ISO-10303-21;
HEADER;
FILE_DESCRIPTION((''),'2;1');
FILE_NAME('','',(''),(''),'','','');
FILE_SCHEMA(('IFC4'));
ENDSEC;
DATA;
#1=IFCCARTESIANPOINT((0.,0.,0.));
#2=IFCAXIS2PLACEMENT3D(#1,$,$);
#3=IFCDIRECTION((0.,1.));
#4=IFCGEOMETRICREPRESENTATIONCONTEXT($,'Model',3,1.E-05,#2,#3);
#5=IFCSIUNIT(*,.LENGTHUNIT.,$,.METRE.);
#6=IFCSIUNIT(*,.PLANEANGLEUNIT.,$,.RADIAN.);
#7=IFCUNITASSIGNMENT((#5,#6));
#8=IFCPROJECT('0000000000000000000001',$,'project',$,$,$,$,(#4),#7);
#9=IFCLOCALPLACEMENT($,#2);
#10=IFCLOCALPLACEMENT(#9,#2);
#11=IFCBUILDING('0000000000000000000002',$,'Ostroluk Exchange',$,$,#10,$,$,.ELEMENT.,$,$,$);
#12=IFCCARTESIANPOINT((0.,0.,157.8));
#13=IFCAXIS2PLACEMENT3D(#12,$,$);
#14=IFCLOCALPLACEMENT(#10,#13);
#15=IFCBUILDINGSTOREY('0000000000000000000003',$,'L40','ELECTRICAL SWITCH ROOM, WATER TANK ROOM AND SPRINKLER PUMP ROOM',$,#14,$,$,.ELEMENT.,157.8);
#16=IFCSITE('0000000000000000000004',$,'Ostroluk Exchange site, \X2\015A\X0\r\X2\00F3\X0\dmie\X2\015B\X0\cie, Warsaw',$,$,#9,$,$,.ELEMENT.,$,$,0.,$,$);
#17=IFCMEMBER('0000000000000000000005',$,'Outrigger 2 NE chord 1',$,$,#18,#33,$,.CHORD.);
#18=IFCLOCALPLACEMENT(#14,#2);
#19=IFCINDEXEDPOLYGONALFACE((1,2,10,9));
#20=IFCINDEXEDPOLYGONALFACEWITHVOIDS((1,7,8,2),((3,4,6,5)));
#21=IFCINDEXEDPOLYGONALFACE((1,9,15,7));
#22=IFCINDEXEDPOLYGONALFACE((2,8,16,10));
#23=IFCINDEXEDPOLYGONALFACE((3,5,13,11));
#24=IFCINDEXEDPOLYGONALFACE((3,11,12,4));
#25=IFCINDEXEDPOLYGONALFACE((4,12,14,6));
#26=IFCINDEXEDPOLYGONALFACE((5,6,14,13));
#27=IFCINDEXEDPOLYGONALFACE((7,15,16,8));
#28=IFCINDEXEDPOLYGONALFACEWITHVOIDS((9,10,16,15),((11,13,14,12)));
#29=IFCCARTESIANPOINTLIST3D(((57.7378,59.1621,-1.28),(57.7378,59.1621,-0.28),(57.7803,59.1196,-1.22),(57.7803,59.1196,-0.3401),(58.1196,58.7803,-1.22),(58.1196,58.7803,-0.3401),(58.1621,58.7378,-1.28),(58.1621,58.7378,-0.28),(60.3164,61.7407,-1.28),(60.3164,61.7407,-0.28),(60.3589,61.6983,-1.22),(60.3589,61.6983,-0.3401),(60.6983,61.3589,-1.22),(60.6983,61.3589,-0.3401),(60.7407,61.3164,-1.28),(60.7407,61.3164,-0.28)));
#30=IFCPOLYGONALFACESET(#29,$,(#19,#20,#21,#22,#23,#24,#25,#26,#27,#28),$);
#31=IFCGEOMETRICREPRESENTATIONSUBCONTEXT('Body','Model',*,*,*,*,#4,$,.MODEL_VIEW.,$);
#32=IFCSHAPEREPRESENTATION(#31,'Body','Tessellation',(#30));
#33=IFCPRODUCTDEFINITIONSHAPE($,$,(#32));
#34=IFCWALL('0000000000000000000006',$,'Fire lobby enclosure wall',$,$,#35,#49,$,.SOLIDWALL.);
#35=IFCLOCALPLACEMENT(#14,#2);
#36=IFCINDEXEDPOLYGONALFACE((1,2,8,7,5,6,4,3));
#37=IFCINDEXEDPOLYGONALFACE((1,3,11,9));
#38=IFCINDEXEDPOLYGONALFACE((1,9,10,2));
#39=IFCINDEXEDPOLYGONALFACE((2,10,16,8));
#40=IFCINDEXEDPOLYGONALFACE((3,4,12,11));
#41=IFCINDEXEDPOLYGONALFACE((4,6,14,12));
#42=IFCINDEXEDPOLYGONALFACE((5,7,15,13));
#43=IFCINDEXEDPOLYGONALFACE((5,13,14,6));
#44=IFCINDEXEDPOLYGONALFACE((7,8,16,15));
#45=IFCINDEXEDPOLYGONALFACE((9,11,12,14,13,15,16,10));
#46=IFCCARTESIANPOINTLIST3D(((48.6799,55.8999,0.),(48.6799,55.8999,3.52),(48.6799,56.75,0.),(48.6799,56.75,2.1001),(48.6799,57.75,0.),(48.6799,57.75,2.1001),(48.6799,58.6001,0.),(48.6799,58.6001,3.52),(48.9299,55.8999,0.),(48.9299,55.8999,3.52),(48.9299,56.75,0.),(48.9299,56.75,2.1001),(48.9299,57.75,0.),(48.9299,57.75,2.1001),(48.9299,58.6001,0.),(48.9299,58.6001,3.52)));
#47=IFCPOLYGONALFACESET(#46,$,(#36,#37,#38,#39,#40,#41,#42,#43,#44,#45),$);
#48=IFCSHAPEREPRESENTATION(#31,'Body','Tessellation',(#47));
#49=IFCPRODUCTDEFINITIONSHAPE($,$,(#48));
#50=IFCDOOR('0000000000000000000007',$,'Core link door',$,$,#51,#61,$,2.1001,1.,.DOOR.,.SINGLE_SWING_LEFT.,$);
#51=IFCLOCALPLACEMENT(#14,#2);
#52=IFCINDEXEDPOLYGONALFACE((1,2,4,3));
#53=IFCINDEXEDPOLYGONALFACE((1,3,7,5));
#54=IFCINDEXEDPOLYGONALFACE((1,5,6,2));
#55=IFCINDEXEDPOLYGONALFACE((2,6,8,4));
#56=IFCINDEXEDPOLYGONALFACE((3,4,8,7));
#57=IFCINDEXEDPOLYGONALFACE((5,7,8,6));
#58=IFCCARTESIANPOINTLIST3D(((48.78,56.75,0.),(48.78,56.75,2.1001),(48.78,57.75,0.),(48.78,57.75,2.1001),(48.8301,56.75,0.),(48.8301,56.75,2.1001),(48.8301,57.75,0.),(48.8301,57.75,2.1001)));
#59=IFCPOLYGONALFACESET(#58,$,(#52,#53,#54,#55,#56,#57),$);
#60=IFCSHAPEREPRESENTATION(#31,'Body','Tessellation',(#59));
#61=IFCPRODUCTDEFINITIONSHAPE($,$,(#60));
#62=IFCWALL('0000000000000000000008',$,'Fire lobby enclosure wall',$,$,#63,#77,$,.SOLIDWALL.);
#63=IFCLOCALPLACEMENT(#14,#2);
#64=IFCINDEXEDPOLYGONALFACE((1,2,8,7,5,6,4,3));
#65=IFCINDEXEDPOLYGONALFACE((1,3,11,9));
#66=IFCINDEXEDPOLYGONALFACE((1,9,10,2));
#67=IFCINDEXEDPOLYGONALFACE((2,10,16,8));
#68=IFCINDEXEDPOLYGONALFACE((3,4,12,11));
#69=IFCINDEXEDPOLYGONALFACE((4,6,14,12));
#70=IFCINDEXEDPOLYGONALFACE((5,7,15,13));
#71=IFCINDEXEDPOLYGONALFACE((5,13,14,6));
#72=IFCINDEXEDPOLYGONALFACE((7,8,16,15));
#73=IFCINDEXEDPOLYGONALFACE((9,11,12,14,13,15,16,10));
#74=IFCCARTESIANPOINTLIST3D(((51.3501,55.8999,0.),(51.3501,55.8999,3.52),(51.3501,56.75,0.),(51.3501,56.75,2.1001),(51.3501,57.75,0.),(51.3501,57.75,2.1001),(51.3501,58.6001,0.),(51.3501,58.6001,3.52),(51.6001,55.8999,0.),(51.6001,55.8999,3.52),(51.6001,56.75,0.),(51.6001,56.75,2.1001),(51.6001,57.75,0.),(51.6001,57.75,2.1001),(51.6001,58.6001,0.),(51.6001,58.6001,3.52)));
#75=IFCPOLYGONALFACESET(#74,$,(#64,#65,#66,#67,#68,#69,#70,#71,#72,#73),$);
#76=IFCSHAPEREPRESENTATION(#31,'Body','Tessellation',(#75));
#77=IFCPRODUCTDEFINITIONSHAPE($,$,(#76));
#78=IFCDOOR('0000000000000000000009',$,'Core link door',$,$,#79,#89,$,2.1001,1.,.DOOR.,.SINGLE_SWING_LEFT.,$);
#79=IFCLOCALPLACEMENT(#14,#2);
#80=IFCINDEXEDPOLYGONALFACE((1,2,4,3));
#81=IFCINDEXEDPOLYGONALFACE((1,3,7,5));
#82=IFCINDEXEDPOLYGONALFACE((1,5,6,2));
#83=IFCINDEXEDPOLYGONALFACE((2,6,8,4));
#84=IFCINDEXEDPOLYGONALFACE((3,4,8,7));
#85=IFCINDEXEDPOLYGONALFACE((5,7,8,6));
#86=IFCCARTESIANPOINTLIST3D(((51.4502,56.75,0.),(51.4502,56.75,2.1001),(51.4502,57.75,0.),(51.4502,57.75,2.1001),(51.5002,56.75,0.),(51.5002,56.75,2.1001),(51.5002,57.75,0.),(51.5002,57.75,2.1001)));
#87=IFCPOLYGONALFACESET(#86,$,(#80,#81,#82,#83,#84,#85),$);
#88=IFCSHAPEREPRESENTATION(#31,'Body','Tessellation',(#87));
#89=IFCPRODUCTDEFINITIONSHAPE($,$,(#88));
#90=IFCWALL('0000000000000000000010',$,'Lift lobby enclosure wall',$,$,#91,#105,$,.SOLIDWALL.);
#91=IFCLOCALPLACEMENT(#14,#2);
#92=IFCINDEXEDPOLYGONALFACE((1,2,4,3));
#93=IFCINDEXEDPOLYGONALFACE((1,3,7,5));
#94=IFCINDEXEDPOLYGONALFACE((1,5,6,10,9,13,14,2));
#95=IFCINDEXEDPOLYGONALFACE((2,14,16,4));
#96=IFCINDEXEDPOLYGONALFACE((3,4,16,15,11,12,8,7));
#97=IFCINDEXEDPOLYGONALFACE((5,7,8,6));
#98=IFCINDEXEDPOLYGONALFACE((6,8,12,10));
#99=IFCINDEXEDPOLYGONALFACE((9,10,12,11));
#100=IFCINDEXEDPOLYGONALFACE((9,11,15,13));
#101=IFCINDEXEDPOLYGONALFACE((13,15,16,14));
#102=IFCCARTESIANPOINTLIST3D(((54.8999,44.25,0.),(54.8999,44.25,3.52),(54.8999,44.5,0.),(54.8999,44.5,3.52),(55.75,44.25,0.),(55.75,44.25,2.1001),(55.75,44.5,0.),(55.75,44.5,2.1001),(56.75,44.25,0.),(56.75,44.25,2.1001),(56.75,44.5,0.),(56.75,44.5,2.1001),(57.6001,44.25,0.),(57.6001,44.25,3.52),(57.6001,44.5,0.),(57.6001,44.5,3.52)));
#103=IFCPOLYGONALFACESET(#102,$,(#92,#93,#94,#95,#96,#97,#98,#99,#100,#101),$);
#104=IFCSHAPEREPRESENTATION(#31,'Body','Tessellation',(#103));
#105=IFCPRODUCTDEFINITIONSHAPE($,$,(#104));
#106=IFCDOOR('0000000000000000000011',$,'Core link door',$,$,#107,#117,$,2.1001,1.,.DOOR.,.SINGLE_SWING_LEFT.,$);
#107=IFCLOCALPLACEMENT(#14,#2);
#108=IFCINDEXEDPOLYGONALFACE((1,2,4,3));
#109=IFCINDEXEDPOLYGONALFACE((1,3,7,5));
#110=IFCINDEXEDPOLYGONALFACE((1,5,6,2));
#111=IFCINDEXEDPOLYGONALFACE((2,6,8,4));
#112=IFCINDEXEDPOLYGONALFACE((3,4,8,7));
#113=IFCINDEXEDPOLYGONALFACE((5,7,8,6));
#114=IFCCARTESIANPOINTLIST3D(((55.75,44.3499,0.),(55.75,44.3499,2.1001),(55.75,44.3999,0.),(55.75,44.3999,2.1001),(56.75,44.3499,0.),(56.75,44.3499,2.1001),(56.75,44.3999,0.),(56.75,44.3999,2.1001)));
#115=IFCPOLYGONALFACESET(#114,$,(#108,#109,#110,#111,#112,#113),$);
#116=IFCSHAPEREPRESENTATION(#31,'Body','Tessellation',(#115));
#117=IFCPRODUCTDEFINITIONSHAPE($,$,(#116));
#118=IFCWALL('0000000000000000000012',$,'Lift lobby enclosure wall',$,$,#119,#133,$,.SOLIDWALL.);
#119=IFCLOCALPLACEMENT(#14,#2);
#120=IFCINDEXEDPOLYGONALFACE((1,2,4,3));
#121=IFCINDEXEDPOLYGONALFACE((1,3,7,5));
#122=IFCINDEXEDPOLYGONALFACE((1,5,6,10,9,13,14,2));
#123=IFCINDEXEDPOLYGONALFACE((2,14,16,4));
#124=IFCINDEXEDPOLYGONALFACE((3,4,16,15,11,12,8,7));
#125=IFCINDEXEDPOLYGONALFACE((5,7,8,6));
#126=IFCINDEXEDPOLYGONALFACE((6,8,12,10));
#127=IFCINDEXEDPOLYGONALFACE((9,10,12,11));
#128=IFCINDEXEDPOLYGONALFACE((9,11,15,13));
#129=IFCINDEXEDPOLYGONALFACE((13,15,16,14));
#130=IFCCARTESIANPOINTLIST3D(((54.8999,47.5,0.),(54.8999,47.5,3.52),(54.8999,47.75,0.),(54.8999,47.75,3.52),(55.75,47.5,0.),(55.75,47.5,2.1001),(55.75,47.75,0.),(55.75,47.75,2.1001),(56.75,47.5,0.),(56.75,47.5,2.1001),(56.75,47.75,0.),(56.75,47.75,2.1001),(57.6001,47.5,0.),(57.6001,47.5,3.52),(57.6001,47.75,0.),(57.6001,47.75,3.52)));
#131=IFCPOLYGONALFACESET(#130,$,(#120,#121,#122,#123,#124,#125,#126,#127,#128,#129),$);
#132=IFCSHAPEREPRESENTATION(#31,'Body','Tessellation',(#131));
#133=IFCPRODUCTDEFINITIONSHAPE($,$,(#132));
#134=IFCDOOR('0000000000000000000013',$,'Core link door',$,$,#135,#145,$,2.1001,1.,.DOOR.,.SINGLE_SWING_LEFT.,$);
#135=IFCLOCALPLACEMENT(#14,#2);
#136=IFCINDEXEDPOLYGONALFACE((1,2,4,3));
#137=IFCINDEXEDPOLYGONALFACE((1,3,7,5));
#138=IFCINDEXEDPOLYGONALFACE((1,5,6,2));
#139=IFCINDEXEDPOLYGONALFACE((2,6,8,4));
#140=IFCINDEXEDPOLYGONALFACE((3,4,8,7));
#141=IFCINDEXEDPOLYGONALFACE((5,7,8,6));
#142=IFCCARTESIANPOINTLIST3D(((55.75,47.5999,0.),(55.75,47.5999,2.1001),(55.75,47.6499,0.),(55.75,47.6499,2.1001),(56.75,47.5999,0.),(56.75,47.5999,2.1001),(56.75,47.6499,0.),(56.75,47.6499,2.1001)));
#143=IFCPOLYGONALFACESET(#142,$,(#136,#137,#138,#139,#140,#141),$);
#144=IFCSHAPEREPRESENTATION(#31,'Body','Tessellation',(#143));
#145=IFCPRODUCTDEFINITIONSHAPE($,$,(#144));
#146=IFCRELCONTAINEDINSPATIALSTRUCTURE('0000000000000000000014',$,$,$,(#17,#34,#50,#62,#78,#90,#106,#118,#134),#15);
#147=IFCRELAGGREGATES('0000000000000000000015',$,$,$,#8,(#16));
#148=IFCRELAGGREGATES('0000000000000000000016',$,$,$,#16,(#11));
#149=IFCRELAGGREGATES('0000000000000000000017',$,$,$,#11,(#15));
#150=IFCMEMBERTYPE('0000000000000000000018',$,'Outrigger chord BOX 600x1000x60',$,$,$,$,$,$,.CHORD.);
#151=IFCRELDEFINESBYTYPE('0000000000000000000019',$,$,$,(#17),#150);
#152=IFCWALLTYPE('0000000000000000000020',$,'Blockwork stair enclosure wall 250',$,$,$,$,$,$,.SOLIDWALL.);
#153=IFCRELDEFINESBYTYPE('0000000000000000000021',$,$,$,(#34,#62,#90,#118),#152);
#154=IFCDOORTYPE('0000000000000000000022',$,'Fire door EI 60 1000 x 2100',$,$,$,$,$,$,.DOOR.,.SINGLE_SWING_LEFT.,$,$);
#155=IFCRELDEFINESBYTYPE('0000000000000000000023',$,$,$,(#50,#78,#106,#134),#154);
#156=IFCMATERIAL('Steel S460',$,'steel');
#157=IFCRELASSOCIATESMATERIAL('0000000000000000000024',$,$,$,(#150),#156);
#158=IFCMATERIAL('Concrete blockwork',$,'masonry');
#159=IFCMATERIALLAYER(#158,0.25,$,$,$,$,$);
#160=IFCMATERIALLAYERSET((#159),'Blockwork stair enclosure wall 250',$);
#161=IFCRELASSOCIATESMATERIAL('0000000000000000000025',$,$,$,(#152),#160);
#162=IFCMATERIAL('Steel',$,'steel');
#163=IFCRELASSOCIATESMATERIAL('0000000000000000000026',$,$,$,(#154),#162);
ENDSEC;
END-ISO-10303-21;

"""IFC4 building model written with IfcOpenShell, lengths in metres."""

from ifc_helpers import new_model, si_unit, direction, frame, frame_2d, origin, origin_2d, place, context, subcontext, project, spatial, rectangle, hollow_rectangle, extrude, material, layer, layer_set, material_profile, profile_set, type_object, element, fill, save


model = new_model("IFC4")

# Units and contexts
model_context = context("Model", 3, precision=1e-05, world=origin(), true_north=direction((0.0, 1.0)))
body_context = subcontext(model_context, "Body", "Model", "MODEL_VIEW")
ifc_project = project(units=[si_unit("LENGTHUNIT", "METRE"), si_unit("PLANEANGLEUNIT", "RADIAN")], contexts=[model_context])

# Site, building, storey
site_placement = place(None, origin())
site = spatial("IfcSite", under=ifc_project, at=site_placement, Name="Ostroluk Exchange site, Śródmieście, Warsaw", CompositionType="ELEMENT", RefElevation=0.0)
building_placement = place(site_placement, origin())
building = spatial("IfcBuilding", under=site, at=building_placement, Name="Ostroluk Exchange", CompositionType="ELEMENT")
storey_placement = place(building_placement, frame((0.0, 0.0, 157.8)))
storey = spatial("IfcBuildingStorey", under=building, at=storey_placement, Name="L40", Description="ELECTRICAL SWITCH ROOM, WATER TANK ROOM AND SPRINKLER PUMP ROOM", CompositionType="ELEMENT", Elevation=157.8)

# Member
ifc_material_1 = material(Name="Steel S460", Category="steel")
ifc_material_profile_1 = material_profile(ifc_material_1, hollow_rectangle(XDim=0.6001, YDim=1.0, WallThickness=0.0601, at=origin_2d()), Name="BOX 600x1000x60")
ifc_profile_set_1 = profile_set([ifc_material_profile_1], Name="Steel S460")
member_type = type_object("IfcMemberType", Name="Outrigger chord BOX 600x1000x60", PredefinedType="CHORD", material=ifc_profile_set_1)
member_placement = place(storey_placement, frame((57.95, 58.95, -0.78), z_axis=(0.707107, 0.707107, 0.0), x_axis=(-0.707107, 0.707107, 0.0)))
element("IfcMember", 1, at=member_placement, inside=storey, type_object=member_type, Name="Outrigger 2 NE chord 1", PredefinedType="CHORD", context=body_context, shape_type="SweptSolid", body=[
    extrude(hollow_rectangle(XDim=0.6001, YDim=1.0, WallThickness=0.0601, at=origin_2d()), origin(), (0.0, 0.0, 1.0), 3.6467),
])

# Walls, openings, doors
ifc_material_2 = material(Name="Concrete blockwork", Category="masonry")
ifc_layer_1 = layer(ifc_material_2, 0.25)
ifc_layer_set_1 = layer_set([ifc_layer_1], Name="Blockwork stair enclosure wall 250")
wall_type_1 = type_object("IfcWallType", Name="Blockwork stair enclosure wall 250", PredefinedType="SOLIDWALL", material=ifc_layer_set_1)
wall_1_placement = place(storey_placement, frame((48.8049, 55.8999, 0.0), z_axis=(0.0, 0.0, 1.0), x_axis=(0.0, 1.0, 0.0)))
wall_1 = element("IfcWall", 2, at=wall_1_placement, inside=storey, type_object=wall_type_1, Name="Fire lobby enclosure wall", PredefinedType="SOLIDWALL", context=body_context, shape_type="SweptSolid", body=[
    extrude(rectangle(XDim=2.7002, YDim=0.25, at=frame_2d((1.3501, 0.0))), origin(), (0.0, 0.0, 1.0), 3.52),
])
opening_1_placement = place(wall_1_placement, frame((0.8501, 0.0, 0.0)))
opening_1 = element("IfcOpeningElement", 3, at=opening_1_placement, cuts=wall_1, PredefinedType="OPENING", context=body_context, shape_type="SweptSolid", body=[
    extrude(rectangle(XDim=1.0, YDim=2.1001, at=frame_2d((0.5, 1.05))), frame((0.0, 0.135, 0.0), z_axis=(0.0, -1.0, 0.0), x_axis=(1.0, 0.0, 0.0)), (0.0, 0.0, 1.0), 0.27),
])
ifc_material_3 = material(Name="Steel", Category="steel")
door_type_1 = type_object("IfcDoorType", Name="Fire door EI 60 1000 x 2100", OperationType="SINGLE_SWING_LEFT", PredefinedType="DOOR", material=ifc_material_3)
door_1_placement = place(opening_1_placement, origin())
door_1 = element("IfcDoor", 4, at=door_1_placement, inside=storey, type_object=door_type_1, Name="Core link door", OperationType="SINGLE_SWING_LEFT", OverallHeight=2.1001, OverallWidth=1.0, PredefinedType="DOOR", context=body_context, shape_type="SweptSolid", body=[
    extrude(rectangle(XDim=1.0, YDim=2.1001, at=frame_2d((0.5, 1.05))), frame((0.0, 0.0249, 0.0), z_axis=(0.0, -1.0, 0.0), x_axis=(1.0, 0.0, 0.0)), (0.0, 0.0, 1.0), 0.05),
])
fill(opening_1, door_1)
wall_2_placement = place(storey_placement, frame((51.4751, 55.8999, 0.0), z_axis=(0.0, 0.0, 1.0), x_axis=(0.0, 1.0, 0.0)))
wall_2 = element("IfcWall", 5, at=wall_2_placement, inside=storey, type_object=wall_type_1, Name="Fire lobby enclosure wall", PredefinedType="SOLIDWALL", context=body_context, shape_type="SweptSolid", body=[
    extrude(rectangle(XDim=2.7002, YDim=0.25, at=frame_2d((1.3501, 0.0))), origin(), (0.0, 0.0, 1.0), 3.52),
])
opening_2_placement = place(wall_2_placement, frame((0.8501, 0.0, 0.0)))
opening_2 = element("IfcOpeningElement", 6, at=opening_2_placement, cuts=wall_2, PredefinedType="OPENING", context=body_context, shape_type="SweptSolid", body=[
    extrude(rectangle(XDim=1.0, YDim=2.1001, at=frame_2d((0.5, 1.05))), frame((0.0, 0.135, 0.0), z_axis=(0.0, -1.0, 0.0), x_axis=(1.0, 0.0, 0.0)), (0.0, 0.0, 1.0), 0.27),
])
door_2_placement = place(opening_2_placement, origin())
door_2 = element("IfcDoor", 7, at=door_2_placement, inside=storey, type_object=door_type_1, Name="Core link door", OperationType="SINGLE_SWING_LEFT", OverallHeight=2.1001, OverallWidth=1.0, PredefinedType="DOOR", context=body_context, shape_type="SweptSolid", body=[
    extrude(rectangle(XDim=1.0, YDim=2.1001, at=frame_2d((0.5, 1.05))), frame((0.0, 0.0249, 0.0), z_axis=(0.0, -1.0, 0.0), x_axis=(1.0, 0.0, 0.0)), (0.0, 0.0, 1.0), 0.05),
])
fill(opening_2, door_2)
wall_3_placement = place(storey_placement, frame((54.8999, 44.375, 0.0), z_axis=(0.0, 0.0, 1.0), x_axis=(1.0, 0.0, 0.0)))
wall_3 = element("IfcWall", 8, at=wall_3_placement, inside=storey, type_object=wall_type_1, Name="Lift lobby enclosure wall", PredefinedType="SOLIDWALL", context=body_context, shape_type="SweptSolid", body=[
    extrude(rectangle(XDim=2.7002, YDim=0.25, at=frame_2d((1.3501, 0.0))), origin(), (0.0, 0.0, 1.0), 3.52),
])
opening_3_placement = place(wall_3_placement, frame((0.8501, 0.0, 0.0)))
opening_3 = element("IfcOpeningElement", 9, at=opening_3_placement, cuts=wall_3, PredefinedType="OPENING", context=body_context, shape_type="SweptSolid", body=[
    extrude(rectangle(XDim=1.0, YDim=2.1001, at=frame_2d((0.5, 1.05))), frame((0.0, 0.135, 0.0), z_axis=(0.0, -1.0, 0.0), x_axis=(1.0, 0.0, 0.0)), (0.0, 0.0, 1.0), 0.27),
])
door_3_placement = place(opening_3_placement, origin())
door_3 = element("IfcDoor", 10, at=door_3_placement, inside=storey, type_object=door_type_1, Name="Core link door", OperationType="SINGLE_SWING_LEFT", OverallHeight=2.1001, OverallWidth=1.0, PredefinedType="DOOR", context=body_context, shape_type="SweptSolid", body=[
    extrude(rectangle(XDim=1.0, YDim=2.1001, at=frame_2d((0.5, 1.05))), frame((0.0, 0.0249, 0.0), z_axis=(0.0, -1.0, 0.0), x_axis=(1.0, 0.0, 0.0)), (0.0, 0.0, 1.0), 0.05),
])
fill(opening_3, door_3)
wall_4_placement = place(storey_placement, frame((54.8999, 47.625, 0.0), z_axis=(0.0, 0.0, 1.0), x_axis=(1.0, 0.0, 0.0)))
wall_4 = element("IfcWall", 11, at=wall_4_placement, inside=storey, type_object=wall_type_1, Name="Lift lobby enclosure wall", PredefinedType="SOLIDWALL", context=body_context, shape_type="SweptSolid", body=[
    extrude(rectangle(XDim=2.7002, YDim=0.25, at=frame_2d((1.3501, 0.0))), origin(), (0.0, 0.0, 1.0), 3.52),
])
opening_4_placement = place(wall_4_placement, frame((0.8501, 0.0, 0.0)))
opening_4 = element("IfcOpeningElement", 12, at=opening_4_placement, cuts=wall_4, PredefinedType="OPENING", context=body_context, shape_type="SweptSolid", body=[
    extrude(rectangle(XDim=1.0, YDim=2.1001, at=frame_2d((0.5, 1.05))), frame((0.0, 0.135, 0.0), z_axis=(0.0, -1.0, 0.0), x_axis=(1.0, 0.0, 0.0)), (0.0, 0.0, 1.0), 0.27),
])
door_4_placement = place(opening_4_placement, origin())
door_4 = element("IfcDoor", 13, at=door_4_placement, inside=storey, type_object=door_type_1, Name="Core link door", OperationType="SINGLE_SWING_LEFT", OverallHeight=2.1001, OverallWidth=1.0, PredefinedType="DOOR", context=body_context, shape_type="SweptSolid", body=[
    extrude(rectangle(XDim=1.0, YDim=2.1001, at=frame_2d((0.5, 1.05))), frame((0.0, 0.0249, 0.0), z_axis=(0.0, -1.0, 0.0), x_axis=(1.0, 0.0, 0.0)), (0.0, 0.0, 1.0), 0.05),
])
fill(opening_4, door_4)

save(model, "model.ifc")
